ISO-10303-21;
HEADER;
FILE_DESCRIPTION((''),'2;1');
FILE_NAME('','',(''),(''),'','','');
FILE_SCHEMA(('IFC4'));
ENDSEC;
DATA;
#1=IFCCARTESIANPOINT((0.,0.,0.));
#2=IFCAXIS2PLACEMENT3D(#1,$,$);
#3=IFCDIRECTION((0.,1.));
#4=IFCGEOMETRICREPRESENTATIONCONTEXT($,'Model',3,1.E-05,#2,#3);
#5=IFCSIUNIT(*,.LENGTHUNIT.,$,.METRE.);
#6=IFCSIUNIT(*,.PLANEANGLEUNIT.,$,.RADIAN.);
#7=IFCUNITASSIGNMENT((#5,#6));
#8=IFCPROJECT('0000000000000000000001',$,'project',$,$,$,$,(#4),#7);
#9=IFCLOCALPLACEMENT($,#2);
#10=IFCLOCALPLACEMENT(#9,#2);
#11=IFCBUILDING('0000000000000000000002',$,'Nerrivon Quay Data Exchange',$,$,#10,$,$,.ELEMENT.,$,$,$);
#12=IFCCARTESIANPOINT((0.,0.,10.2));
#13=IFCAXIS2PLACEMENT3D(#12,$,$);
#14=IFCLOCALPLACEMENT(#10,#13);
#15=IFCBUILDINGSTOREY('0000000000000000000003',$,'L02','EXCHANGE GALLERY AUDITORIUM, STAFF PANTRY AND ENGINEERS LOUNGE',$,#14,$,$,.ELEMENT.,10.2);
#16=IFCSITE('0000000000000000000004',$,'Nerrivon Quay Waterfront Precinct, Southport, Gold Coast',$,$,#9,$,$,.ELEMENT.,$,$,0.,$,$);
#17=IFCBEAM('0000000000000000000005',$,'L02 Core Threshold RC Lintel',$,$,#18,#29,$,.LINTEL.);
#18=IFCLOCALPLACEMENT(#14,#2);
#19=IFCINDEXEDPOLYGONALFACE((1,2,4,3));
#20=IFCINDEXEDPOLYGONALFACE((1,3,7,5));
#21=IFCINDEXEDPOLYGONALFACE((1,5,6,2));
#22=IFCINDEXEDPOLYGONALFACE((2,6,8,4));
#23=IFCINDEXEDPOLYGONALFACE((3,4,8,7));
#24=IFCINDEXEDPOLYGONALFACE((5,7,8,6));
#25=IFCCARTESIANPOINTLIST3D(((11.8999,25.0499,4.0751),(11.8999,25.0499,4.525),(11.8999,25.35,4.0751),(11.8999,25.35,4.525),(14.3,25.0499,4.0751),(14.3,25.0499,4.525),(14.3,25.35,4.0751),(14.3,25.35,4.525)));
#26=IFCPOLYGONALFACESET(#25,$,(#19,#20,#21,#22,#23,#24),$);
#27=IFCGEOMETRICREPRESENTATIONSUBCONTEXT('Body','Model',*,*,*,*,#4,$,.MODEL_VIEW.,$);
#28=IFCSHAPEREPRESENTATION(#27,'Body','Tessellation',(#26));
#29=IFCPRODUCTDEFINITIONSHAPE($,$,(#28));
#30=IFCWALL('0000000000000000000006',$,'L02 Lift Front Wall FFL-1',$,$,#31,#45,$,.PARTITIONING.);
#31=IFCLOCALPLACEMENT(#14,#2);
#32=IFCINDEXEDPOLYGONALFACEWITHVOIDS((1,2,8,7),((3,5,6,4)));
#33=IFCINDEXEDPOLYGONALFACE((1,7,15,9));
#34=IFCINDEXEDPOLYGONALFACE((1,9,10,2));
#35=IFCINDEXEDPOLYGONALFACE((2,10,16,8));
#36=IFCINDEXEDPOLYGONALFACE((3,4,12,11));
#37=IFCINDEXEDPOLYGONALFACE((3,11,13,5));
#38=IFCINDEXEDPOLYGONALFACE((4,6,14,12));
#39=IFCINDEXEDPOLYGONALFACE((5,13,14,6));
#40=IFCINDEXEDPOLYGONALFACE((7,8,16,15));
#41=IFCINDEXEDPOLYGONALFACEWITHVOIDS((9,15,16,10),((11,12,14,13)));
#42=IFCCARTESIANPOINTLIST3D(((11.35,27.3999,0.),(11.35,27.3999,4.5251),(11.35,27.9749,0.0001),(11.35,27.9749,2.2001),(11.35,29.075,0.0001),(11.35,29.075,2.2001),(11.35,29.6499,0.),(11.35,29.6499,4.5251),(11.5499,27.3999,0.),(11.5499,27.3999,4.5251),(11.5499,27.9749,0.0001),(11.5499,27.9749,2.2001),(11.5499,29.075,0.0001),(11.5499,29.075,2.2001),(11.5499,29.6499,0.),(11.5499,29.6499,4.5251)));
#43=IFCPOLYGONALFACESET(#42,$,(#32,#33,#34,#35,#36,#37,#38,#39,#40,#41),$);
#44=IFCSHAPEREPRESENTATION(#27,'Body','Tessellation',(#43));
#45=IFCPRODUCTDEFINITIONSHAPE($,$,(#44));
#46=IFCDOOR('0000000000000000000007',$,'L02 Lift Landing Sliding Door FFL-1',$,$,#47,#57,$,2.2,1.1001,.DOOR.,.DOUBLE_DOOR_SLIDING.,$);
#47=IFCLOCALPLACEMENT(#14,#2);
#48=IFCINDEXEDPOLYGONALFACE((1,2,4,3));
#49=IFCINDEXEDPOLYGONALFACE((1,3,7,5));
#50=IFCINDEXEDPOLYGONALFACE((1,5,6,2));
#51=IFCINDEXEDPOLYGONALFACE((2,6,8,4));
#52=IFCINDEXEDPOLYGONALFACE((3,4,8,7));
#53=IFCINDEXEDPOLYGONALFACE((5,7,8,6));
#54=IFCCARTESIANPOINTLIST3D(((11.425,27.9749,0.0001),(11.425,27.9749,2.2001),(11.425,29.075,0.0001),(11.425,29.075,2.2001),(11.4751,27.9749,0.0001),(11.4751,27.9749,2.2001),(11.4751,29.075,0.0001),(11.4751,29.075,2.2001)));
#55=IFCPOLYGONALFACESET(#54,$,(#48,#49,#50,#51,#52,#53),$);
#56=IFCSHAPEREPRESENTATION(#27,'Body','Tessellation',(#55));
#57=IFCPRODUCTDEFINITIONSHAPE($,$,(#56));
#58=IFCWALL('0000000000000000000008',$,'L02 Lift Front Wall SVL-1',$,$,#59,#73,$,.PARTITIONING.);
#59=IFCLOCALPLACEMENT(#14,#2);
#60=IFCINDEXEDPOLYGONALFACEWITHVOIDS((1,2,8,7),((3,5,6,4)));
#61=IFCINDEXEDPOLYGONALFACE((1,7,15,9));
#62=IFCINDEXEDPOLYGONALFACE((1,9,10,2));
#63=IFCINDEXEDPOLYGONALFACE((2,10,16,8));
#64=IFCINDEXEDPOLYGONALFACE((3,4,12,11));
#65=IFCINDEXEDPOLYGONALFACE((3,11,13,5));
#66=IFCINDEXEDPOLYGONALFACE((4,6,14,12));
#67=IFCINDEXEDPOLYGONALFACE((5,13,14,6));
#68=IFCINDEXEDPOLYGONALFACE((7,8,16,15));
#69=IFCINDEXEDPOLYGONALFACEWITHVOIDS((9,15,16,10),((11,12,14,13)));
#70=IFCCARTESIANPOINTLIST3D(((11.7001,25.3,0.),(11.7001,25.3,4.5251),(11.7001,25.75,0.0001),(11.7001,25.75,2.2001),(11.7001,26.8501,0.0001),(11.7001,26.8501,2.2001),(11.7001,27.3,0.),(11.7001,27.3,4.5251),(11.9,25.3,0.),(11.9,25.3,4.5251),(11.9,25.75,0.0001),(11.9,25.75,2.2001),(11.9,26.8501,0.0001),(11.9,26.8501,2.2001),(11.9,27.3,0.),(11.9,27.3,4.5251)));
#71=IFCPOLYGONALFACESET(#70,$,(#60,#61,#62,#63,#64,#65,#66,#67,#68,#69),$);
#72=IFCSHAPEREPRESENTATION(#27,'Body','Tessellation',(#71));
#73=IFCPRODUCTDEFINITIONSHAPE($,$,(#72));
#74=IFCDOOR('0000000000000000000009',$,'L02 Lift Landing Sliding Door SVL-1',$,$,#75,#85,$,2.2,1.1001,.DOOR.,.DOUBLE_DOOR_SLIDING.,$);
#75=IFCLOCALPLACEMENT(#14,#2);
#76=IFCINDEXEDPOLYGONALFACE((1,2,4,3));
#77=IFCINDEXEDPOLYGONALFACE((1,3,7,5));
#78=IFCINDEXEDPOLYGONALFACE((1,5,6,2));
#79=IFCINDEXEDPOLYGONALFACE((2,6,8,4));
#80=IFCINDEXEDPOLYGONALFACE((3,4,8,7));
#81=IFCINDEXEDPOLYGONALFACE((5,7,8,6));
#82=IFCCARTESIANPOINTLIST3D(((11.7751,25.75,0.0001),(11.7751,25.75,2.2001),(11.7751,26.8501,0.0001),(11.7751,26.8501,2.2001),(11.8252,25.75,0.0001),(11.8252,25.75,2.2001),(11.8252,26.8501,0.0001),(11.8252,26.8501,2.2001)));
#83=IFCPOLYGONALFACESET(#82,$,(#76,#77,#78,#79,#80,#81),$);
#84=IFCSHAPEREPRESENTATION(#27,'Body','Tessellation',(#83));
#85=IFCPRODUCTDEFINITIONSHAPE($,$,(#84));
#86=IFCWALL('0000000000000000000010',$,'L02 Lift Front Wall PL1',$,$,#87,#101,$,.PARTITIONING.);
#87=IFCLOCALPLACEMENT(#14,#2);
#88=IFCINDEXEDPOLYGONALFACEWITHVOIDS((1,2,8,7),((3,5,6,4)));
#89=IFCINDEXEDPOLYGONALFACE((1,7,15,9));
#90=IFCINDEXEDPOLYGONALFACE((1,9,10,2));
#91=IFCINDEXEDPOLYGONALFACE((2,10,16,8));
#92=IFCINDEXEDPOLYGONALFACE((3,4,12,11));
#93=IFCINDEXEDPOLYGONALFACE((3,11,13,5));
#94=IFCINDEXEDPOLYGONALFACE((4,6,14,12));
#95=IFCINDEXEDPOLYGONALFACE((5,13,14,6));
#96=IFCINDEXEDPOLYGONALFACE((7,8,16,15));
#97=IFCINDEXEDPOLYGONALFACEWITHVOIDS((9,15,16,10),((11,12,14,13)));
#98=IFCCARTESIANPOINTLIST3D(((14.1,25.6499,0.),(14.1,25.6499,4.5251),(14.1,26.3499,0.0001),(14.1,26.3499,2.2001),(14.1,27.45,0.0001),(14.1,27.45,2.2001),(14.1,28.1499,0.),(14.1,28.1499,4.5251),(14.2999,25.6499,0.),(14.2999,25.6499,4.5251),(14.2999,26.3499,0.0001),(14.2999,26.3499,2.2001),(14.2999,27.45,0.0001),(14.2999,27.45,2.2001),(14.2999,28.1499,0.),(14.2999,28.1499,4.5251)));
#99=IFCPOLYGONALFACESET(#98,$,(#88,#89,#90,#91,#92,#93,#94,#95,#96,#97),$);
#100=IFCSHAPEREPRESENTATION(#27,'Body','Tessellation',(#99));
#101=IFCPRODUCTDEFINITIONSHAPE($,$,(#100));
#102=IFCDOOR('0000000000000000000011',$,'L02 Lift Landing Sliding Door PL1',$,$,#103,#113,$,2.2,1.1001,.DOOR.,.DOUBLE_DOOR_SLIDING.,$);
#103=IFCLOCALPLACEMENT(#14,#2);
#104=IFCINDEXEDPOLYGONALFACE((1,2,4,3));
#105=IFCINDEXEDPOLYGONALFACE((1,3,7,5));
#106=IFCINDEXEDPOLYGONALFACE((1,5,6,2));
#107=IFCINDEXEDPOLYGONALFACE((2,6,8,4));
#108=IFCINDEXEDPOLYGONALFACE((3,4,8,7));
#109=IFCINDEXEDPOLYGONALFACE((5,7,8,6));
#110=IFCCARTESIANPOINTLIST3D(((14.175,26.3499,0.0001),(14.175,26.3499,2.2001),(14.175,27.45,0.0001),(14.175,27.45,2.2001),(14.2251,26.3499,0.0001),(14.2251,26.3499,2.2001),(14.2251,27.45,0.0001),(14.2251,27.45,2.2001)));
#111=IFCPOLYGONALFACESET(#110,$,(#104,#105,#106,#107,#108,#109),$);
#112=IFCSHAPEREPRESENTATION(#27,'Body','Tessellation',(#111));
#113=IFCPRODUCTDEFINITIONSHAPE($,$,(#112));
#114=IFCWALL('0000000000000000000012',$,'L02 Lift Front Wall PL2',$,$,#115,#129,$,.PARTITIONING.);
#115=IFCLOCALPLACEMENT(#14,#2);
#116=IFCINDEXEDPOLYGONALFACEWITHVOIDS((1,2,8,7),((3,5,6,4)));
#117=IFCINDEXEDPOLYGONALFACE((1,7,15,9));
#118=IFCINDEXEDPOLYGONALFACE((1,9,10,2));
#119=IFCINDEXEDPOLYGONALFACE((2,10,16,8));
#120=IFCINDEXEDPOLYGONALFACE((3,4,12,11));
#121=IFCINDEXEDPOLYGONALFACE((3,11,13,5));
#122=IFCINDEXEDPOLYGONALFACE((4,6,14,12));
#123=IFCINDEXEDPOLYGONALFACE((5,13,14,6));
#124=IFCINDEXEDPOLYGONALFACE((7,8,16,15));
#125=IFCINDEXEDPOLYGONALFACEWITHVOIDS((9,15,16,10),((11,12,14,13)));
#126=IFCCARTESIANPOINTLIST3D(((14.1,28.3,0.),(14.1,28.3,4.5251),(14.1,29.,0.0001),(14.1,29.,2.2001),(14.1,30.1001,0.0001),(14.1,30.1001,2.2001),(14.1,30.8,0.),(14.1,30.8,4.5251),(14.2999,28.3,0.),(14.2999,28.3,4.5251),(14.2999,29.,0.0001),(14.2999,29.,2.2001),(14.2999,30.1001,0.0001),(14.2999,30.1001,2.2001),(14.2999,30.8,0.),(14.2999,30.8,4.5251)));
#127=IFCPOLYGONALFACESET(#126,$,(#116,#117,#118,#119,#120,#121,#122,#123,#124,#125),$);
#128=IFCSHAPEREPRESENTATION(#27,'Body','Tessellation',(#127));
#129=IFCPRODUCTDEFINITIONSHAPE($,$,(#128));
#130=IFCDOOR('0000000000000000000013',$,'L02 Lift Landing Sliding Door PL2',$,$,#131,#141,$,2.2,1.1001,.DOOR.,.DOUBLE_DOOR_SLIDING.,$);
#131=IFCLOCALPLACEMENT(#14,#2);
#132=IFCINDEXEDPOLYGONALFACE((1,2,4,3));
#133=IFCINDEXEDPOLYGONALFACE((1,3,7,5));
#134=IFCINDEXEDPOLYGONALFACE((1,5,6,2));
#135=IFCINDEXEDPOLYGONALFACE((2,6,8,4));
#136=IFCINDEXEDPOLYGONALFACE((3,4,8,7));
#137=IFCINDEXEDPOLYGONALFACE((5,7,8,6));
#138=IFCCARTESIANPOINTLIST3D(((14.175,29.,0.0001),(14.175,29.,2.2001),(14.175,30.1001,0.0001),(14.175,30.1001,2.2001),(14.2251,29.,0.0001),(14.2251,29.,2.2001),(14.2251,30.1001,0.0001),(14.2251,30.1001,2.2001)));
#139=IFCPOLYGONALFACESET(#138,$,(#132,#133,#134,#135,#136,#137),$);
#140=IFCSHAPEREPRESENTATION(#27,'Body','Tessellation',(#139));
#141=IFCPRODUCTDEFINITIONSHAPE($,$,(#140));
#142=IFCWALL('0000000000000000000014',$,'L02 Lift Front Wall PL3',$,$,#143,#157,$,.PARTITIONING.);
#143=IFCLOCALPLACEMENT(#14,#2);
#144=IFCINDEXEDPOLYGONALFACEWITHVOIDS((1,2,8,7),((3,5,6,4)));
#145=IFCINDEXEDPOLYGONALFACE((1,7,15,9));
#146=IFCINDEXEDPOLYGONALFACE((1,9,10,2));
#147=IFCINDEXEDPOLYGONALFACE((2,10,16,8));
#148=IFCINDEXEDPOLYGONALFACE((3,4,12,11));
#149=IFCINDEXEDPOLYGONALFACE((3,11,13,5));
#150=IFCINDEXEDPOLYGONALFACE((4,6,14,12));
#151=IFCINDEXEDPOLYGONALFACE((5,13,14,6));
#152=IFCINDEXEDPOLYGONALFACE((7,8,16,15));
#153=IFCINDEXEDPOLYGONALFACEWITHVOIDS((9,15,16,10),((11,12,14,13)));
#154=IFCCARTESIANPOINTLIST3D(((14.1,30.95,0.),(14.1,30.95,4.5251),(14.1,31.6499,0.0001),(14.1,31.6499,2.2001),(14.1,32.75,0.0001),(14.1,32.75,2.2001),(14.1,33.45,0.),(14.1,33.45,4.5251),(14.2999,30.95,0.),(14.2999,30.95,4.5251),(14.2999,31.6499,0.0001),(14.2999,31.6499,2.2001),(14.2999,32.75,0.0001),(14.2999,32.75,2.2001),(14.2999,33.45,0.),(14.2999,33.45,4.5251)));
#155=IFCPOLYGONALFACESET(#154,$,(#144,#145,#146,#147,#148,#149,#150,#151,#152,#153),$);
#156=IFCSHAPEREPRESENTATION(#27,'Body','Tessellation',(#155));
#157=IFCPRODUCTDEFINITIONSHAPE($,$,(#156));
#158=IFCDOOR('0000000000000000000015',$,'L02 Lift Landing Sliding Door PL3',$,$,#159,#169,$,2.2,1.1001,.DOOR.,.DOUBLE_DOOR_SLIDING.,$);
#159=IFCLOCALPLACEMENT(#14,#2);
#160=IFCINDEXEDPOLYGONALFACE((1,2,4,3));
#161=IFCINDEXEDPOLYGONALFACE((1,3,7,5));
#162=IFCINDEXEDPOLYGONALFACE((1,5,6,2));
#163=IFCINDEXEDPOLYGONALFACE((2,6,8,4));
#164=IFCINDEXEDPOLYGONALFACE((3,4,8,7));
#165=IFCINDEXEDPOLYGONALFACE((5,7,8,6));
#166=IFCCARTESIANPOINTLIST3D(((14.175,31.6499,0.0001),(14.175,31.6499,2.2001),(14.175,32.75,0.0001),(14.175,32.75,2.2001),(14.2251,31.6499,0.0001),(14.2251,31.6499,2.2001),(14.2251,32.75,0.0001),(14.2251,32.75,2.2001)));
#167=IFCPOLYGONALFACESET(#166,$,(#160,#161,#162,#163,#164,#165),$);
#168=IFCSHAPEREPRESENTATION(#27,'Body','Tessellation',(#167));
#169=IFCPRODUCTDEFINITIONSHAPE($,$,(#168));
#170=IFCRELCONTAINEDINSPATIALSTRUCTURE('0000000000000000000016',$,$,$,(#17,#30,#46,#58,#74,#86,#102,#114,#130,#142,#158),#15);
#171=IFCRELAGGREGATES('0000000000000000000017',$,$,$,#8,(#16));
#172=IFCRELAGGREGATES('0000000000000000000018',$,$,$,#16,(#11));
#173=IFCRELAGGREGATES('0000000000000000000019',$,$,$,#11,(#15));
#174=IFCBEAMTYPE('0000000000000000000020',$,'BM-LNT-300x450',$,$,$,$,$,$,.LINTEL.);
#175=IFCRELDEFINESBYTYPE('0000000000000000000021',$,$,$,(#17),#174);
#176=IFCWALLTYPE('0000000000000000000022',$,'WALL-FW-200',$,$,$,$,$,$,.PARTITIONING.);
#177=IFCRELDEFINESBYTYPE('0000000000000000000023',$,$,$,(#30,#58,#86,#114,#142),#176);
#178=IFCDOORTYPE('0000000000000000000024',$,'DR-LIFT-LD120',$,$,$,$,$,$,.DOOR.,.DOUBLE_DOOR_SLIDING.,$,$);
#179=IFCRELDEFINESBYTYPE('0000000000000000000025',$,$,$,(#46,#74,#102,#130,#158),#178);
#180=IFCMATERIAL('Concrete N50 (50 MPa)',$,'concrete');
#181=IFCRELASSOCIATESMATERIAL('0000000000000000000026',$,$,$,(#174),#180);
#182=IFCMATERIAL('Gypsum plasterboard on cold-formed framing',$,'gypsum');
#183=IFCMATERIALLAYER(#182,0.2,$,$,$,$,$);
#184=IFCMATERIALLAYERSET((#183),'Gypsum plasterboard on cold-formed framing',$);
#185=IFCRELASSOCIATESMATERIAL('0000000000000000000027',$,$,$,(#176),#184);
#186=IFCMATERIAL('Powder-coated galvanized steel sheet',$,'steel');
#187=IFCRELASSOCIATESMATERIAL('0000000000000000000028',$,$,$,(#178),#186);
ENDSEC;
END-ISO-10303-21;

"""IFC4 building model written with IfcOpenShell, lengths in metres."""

from ifc_helpers import new_model, si_unit, direction, frame, frame_2d, origin, origin_2d, place, context, subcontext, project, spatial, rectangle, extrude, material, layer, layer_set, material_profile, profile_set, type_object, element, fill, save


model = new_model("IFC4")

# Units and contexts
model_context = context("Model", 3, precision=1e-05, world=origin(), true_north=direction((0.0, 1.0)))
body_context = subcontext(model_context, "Body", "Model", "MODEL_VIEW")
ifc_project = project(units=[si_unit("LENGTHUNIT", "METRE"), si_unit("PLANEANGLEUNIT", "RADIAN")], contexts=[model_context])

# Site, building, storey
site_placement = place(None, origin())
site = spatial("IfcSite", under=ifc_project, at=site_placement, Name="Nerrivon Quay Waterfront Precinct, Southport, Gold Coast", CompositionType="ELEMENT", RefElevation=0.0)
building_placement = place(site_placement, origin())
building = spatial("IfcBuilding", under=site, at=building_placement, Name="Nerrivon Quay Data Exchange", CompositionType="ELEMENT")
storey_placement = place(building_placement, frame((0.0, 0.0, 10.2)))
storey = spatial("IfcBuildingStorey", under=building, at=storey_placement, Name="L02", Description="EXCHANGE GALLERY AUDITORIUM, STAFF PANTRY AND ENGINEERS LOUNGE", CompositionType="ELEMENT", Elevation=10.2)

# Beam
ifc_material_1 = material(Name="Concrete N50 (50 MPa)", Category="concrete")
ifc_material_profile = material_profile(ifc_material_1, rectangle(XDim=0.3, YDim=0.45, at=origin_2d()), Name="RC-LNT-300x450")
ifc_profile_set = profile_set([ifc_material_profile], Name="Concrete N50 (50 MPa)")
beam_type = type_object("IfcBeamType", Name="BM-LNT-300x450", PredefinedType="LINTEL", material=ifc_profile_set)
beam_placement = place(storey_placement, frame((11.8999, 25.2, 4.3), z_axis=(1.0, 0.0, 0.0), x_axis=(0.0, 1.0, 0.0)))
element("IfcBeam", 1, at=beam_placement, inside=storey, type_object=beam_type, Name="L02 Core Threshold RC Lintel", PredefinedType="LINTEL", context=body_context, shape_type="SweptSolid", body=[
    extrude(rectangle(XDim=0.3, YDim=0.45, at=origin_2d()), origin(), (0.0, 0.0, 1.0), 2.4001),
])

# Walls, openings, doors
ifc_material_2 = material(Name="Gypsum plasterboard on cold-formed framing", Category="gypsum")
ifc_layer_1 = layer(ifc_material_2, 0.2)
ifc_layer_set_1 = layer_set([ifc_layer_1], Name="Gypsum plasterboard on cold-formed framing")
wall_type_1 = type_object("IfcWallType", Name="WALL-FW-200", PredefinedType="PARTITIONING", material=ifc_layer_set_1)
wall_1_placement = place(storey_placement, frame((11.45, 27.3999, 0.0), z_axis=(0.0, 0.0, 1.0), x_axis=(0.0, 1.0, 0.0)))
wall_1 = element("IfcWall", 2, at=wall_1_placement, inside=storey, type_object=wall_type_1, Name="L02 Lift Front Wall FFL-1", PredefinedType="PARTITIONING", context=body_context, shape_type="SweptSolid", body=[
    extrude(rectangle(XDim=2.25, YDim=0.2, at=frame_2d((1.125, 0.0))), origin(), (0.0, 0.0, 1.0), 4.5251),
])
opening_1_placement = place(wall_1_placement, frame((0.575, 0.0, 0.0)))
opening_1 = element("IfcOpeningElement", 3, at=opening_1_placement, cuts=wall_1, PredefinedType="OPENING", context=body_context, shape_type="SweptSolid", body=[
    extrude(rectangle(XDim=1.1001, YDim=2.2, at=frame_2d((0.55, 1.1001))), frame((0.0, 0.1099, 0.0), z_axis=(0.0, -1.0, 0.0), x_axis=(1.0, 0.0, 0.0)), (0.0, 0.0, 1.0), 0.22),
])
ifc_material_3 = material(Name="Powder-coated galvanized steel sheet", Category="steel")
door_type_1 = type_object("IfcDoorType", Name="DR-LIFT-LD120", OperationType="DOUBLE_DOOR_SLIDING", PredefinedType="DOOR", material=ifc_material_3)
door_1_placement = place(opening_1_placement, origin())
door_1 = element("IfcDoor", 4, at=door_1_placement, inside=storey, type_object=door_type_1, Name="L02 Lift Landing Sliding Door FFL-1", OperationType="DOUBLE_DOOR_SLIDING", OverallHeight=2.2, OverallWidth=1.1001, PredefinedType="DOOR", context=body_context, shape_type="SweptSolid", body=[
    extrude(rectangle(XDim=1.1001, YDim=2.2, at=frame_2d((0.55, 1.1001))), frame((0.0, 0.0249, 0.0), z_axis=(0.0, -1.0, 0.0), x_axis=(1.0, 0.0, 0.0)), (0.0, 0.0, 1.0), 0.05),
])
fill(opening_1, door_1)
wall_2_placement = place(storey_placement, frame((11.8, 25.3, 0.0), z_axis=(0.0, 0.0, 1.0), x_axis=(0.0, 1.0, 0.0)))
wall_2 = element("IfcWall", 5, at=wall_2_placement, inside=storey, type_object=wall_type_1, Name="L02 Lift Front Wall SVL-1", PredefinedType="PARTITIONING", context=body_context, shape_type="SweptSolid", body=[
    extrude(rectangle(XDim=2.0, YDim=0.2, at=frame_2d((1.0, 0.0))), origin(), (0.0, 0.0, 1.0), 4.5251),
])
opening_2_placement = place(wall_2_placement, frame((0.45, 0.0, 0.0)))
opening_2 = element("IfcOpeningElement", 6, at=opening_2_placement, cuts=wall_2, PredefinedType="OPENING", context=body_context, shape_type="SweptSolid", body=[
    extrude(rectangle(XDim=1.1001, YDim=2.2, at=frame_2d((0.55, 1.1001))), frame((0.0, 0.1099, 0.0), z_axis=(0.0, -1.0, 0.0), x_axis=(1.0, 0.0, 0.0)), (0.0, 0.0, 1.0), 0.22),
])
door_2_placement = place(opening_2_placement, origin())
door_2 = element("IfcDoor", 7, at=door_2_placement, inside=storey, type_object=door_type_1, Name="L02 Lift Landing Sliding Door SVL-1", OperationType="DOUBLE_DOOR_SLIDING", OverallHeight=2.2, OverallWidth=1.1001, PredefinedType="DOOR", context=body_context, shape_type="SweptSolid", body=[
    extrude(rectangle(XDim=1.1001, YDim=2.2, at=frame_2d((0.55, 1.1001))), frame((0.0, 0.0249, 0.0), z_axis=(0.0, -1.0, 0.0), x_axis=(1.0, 0.0, 0.0)), (0.0, 0.0, 1.0), 0.05),
])
fill(opening_2, door_2)
wall_3_placement = place(storey_placement, frame((14.2, 25.6499, 0.0), z_axis=(0.0, 0.0, 1.0), x_axis=(0.0, 1.0, 0.0)))
wall_3 = element("IfcWall", 8, at=wall_3_placement, inside=storey, type_object=wall_type_1, Name="L02 Lift Front Wall PL1", PredefinedType="PARTITIONING", context=body_context, shape_type="SweptSolid", body=[
    extrude(rectangle(XDim=2.5, YDim=0.2, at=frame_2d((1.25, 0.0))), origin(), (0.0, 0.0, 1.0), 4.5251),
])
opening_3_placement = place(wall_3_placement, frame((0.7, 0.0, 0.0)))
opening_3 = element("IfcOpeningElement", 9, at=opening_3_placement, cuts=wall_3, PredefinedType="OPENING", context=body_context, shape_type="SweptSolid", body=[
    extrude(rectangle(XDim=1.1001, YDim=2.2, at=frame_2d((0.55, 1.1001))), frame((0.0, 0.1099, 0.0), z_axis=(0.0, -1.0, 0.0), x_axis=(1.0, 0.0, 0.0)), (0.0, 0.0, 1.0), 0.22),
])
door_3_placement = place(opening_3_placement, origin())
door_3 = element("IfcDoor", 10, at=door_3_placement, inside=storey, type_object=door_type_1, Name="L02 Lift Landing Sliding Door PL1", OperationType="DOUBLE_DOOR_SLIDING", OverallHeight=2.2, OverallWidth=1.1001, PredefinedType="DOOR", context=body_context, shape_type="SweptSolid", body=[
    extrude(rectangle(XDim=1.1001, YDim=2.2, at=frame_2d((0.55, 1.1001))), frame((0.0, 0.0249, 0.0), z_axis=(0.0, -1.0, 0.0), x_axis=(1.0, 0.0, 0.0)), (0.0, 0.0, 1.0), 0.05),
])
fill(opening_3, door_3)
wall_4_placement = place(storey_placement, frame((14.2, 28.3, 0.0), z_axis=(0.0, 0.0, 1.0), x_axis=(0.0, 1.0, 0.0)))
wall_4 = element("IfcWall", 11, at=wall_4_placement, inside=storey, type_object=wall_type_1, Name="L02 Lift Front Wall PL2", PredefinedType="PARTITIONING", context=body_context, shape_type="SweptSolid", body=[
    extrude(rectangle(XDim=2.5, YDim=0.2, at=frame_2d((1.25, 0.0))), origin(), (0.0, 0.0, 1.0), 4.5251),
])
opening_4_placement = place(wall_4_placement, frame((0.7, 0.0, 0.0)))
opening_4 = element("IfcOpeningElement", 12, at=opening_4_placement, cuts=wall_4, PredefinedType="OPENING", context=body_context, shape_type="SweptSolid", body=[
    extrude(rectangle(XDim=1.1001, YDim=2.2, at=frame_2d((0.55, 1.1001))), frame((0.0, 0.1099, 0.0), z_axis=(0.0, -1.0, 0.0), x_axis=(1.0, 0.0, 0.0)), (0.0, 0.0, 1.0), 0.22),
])
door_4_placement = place(opening_4_placement, origin())
door_4 = element("IfcDoor", 13, at=door_4_placement, inside=storey, type_object=door_type_1, Name="L02 Lift Landing Sliding Door PL2", OperationType="DOUBLE_DOOR_SLIDING", OverallHeight=2.2, OverallWidth=1.1001, PredefinedType="DOOR", context=body_context, shape_type="SweptSolid", body=[
    extrude(rectangle(XDim=1.1001, YDim=2.2, at=frame_2d((0.55, 1.1001))), frame((0.0, 0.0249, 0.0), z_axis=(0.0, -1.0, 0.0), x_axis=(1.0, 0.0, 0.0)), (0.0, 0.0, 1.0), 0.05),
])
fill(opening_4, door_4)
wall_5_placement = place(storey_placement, frame((14.2, 30.95, 0.0), z_axis=(0.0, 0.0, 1.0), x_axis=(0.0, 1.0, 0.0)))
wall_5 = element("IfcWall", 14, at=wall_5_placement, inside=storey, type_object=wall_type_1, Name="L02 Lift Front Wall PL3", PredefinedType="PARTITIONING", context=body_context, shape_type="SweptSolid", body=[
    extrude(rectangle(XDim=2.5, YDim=0.2, at=frame_2d((1.25, 0.0))), origin(), (0.0, 0.0, 1.0), 4.5251),
])
opening_5_placement = place(wall_5_placement, frame((0.7, 0.0, 0.0)))
opening_5 = element("IfcOpeningElement", 15, at=opening_5_placement, cuts=wall_5, PredefinedType="OPENING", context=body_context, shape_type="SweptSolid", body=[
    extrude(rectangle(XDim=1.1001, YDim=2.2, at=frame_2d((0.55, 1.1001))), frame((0.0, 0.1099, 0.0), z_axis=(0.0, -1.0, 0.0), x_axis=(1.0, 0.0, 0.0)), (0.0, 0.0, 1.0), 0.22),
])
door_5_placement = place(opening_5_placement, origin())
door_5 = element("IfcDoor", 16, at=door_5_placement, inside=storey, type_object=door_type_1, Name="L02 Lift Landing Sliding Door PL3", OperationType="DOUBLE_DOOR_SLIDING", OverallHeight=2.2, OverallWidth=1.1001, PredefinedType="DOOR", context=body_context, shape_type="SweptSolid", body=[
    extrude(rectangle(XDim=1.1001, YDim=2.2, at=frame_2d((0.55, 1.1001))), frame((0.0, 0.0249, 0.0), z_axis=(0.0, -1.0, 0.0), x_axis=(1.0, 0.0, 0.0)), (0.0, 0.0, 1.0), 0.05),
])
fill(opening_5, door_5)

save(model, "model.ifc")
